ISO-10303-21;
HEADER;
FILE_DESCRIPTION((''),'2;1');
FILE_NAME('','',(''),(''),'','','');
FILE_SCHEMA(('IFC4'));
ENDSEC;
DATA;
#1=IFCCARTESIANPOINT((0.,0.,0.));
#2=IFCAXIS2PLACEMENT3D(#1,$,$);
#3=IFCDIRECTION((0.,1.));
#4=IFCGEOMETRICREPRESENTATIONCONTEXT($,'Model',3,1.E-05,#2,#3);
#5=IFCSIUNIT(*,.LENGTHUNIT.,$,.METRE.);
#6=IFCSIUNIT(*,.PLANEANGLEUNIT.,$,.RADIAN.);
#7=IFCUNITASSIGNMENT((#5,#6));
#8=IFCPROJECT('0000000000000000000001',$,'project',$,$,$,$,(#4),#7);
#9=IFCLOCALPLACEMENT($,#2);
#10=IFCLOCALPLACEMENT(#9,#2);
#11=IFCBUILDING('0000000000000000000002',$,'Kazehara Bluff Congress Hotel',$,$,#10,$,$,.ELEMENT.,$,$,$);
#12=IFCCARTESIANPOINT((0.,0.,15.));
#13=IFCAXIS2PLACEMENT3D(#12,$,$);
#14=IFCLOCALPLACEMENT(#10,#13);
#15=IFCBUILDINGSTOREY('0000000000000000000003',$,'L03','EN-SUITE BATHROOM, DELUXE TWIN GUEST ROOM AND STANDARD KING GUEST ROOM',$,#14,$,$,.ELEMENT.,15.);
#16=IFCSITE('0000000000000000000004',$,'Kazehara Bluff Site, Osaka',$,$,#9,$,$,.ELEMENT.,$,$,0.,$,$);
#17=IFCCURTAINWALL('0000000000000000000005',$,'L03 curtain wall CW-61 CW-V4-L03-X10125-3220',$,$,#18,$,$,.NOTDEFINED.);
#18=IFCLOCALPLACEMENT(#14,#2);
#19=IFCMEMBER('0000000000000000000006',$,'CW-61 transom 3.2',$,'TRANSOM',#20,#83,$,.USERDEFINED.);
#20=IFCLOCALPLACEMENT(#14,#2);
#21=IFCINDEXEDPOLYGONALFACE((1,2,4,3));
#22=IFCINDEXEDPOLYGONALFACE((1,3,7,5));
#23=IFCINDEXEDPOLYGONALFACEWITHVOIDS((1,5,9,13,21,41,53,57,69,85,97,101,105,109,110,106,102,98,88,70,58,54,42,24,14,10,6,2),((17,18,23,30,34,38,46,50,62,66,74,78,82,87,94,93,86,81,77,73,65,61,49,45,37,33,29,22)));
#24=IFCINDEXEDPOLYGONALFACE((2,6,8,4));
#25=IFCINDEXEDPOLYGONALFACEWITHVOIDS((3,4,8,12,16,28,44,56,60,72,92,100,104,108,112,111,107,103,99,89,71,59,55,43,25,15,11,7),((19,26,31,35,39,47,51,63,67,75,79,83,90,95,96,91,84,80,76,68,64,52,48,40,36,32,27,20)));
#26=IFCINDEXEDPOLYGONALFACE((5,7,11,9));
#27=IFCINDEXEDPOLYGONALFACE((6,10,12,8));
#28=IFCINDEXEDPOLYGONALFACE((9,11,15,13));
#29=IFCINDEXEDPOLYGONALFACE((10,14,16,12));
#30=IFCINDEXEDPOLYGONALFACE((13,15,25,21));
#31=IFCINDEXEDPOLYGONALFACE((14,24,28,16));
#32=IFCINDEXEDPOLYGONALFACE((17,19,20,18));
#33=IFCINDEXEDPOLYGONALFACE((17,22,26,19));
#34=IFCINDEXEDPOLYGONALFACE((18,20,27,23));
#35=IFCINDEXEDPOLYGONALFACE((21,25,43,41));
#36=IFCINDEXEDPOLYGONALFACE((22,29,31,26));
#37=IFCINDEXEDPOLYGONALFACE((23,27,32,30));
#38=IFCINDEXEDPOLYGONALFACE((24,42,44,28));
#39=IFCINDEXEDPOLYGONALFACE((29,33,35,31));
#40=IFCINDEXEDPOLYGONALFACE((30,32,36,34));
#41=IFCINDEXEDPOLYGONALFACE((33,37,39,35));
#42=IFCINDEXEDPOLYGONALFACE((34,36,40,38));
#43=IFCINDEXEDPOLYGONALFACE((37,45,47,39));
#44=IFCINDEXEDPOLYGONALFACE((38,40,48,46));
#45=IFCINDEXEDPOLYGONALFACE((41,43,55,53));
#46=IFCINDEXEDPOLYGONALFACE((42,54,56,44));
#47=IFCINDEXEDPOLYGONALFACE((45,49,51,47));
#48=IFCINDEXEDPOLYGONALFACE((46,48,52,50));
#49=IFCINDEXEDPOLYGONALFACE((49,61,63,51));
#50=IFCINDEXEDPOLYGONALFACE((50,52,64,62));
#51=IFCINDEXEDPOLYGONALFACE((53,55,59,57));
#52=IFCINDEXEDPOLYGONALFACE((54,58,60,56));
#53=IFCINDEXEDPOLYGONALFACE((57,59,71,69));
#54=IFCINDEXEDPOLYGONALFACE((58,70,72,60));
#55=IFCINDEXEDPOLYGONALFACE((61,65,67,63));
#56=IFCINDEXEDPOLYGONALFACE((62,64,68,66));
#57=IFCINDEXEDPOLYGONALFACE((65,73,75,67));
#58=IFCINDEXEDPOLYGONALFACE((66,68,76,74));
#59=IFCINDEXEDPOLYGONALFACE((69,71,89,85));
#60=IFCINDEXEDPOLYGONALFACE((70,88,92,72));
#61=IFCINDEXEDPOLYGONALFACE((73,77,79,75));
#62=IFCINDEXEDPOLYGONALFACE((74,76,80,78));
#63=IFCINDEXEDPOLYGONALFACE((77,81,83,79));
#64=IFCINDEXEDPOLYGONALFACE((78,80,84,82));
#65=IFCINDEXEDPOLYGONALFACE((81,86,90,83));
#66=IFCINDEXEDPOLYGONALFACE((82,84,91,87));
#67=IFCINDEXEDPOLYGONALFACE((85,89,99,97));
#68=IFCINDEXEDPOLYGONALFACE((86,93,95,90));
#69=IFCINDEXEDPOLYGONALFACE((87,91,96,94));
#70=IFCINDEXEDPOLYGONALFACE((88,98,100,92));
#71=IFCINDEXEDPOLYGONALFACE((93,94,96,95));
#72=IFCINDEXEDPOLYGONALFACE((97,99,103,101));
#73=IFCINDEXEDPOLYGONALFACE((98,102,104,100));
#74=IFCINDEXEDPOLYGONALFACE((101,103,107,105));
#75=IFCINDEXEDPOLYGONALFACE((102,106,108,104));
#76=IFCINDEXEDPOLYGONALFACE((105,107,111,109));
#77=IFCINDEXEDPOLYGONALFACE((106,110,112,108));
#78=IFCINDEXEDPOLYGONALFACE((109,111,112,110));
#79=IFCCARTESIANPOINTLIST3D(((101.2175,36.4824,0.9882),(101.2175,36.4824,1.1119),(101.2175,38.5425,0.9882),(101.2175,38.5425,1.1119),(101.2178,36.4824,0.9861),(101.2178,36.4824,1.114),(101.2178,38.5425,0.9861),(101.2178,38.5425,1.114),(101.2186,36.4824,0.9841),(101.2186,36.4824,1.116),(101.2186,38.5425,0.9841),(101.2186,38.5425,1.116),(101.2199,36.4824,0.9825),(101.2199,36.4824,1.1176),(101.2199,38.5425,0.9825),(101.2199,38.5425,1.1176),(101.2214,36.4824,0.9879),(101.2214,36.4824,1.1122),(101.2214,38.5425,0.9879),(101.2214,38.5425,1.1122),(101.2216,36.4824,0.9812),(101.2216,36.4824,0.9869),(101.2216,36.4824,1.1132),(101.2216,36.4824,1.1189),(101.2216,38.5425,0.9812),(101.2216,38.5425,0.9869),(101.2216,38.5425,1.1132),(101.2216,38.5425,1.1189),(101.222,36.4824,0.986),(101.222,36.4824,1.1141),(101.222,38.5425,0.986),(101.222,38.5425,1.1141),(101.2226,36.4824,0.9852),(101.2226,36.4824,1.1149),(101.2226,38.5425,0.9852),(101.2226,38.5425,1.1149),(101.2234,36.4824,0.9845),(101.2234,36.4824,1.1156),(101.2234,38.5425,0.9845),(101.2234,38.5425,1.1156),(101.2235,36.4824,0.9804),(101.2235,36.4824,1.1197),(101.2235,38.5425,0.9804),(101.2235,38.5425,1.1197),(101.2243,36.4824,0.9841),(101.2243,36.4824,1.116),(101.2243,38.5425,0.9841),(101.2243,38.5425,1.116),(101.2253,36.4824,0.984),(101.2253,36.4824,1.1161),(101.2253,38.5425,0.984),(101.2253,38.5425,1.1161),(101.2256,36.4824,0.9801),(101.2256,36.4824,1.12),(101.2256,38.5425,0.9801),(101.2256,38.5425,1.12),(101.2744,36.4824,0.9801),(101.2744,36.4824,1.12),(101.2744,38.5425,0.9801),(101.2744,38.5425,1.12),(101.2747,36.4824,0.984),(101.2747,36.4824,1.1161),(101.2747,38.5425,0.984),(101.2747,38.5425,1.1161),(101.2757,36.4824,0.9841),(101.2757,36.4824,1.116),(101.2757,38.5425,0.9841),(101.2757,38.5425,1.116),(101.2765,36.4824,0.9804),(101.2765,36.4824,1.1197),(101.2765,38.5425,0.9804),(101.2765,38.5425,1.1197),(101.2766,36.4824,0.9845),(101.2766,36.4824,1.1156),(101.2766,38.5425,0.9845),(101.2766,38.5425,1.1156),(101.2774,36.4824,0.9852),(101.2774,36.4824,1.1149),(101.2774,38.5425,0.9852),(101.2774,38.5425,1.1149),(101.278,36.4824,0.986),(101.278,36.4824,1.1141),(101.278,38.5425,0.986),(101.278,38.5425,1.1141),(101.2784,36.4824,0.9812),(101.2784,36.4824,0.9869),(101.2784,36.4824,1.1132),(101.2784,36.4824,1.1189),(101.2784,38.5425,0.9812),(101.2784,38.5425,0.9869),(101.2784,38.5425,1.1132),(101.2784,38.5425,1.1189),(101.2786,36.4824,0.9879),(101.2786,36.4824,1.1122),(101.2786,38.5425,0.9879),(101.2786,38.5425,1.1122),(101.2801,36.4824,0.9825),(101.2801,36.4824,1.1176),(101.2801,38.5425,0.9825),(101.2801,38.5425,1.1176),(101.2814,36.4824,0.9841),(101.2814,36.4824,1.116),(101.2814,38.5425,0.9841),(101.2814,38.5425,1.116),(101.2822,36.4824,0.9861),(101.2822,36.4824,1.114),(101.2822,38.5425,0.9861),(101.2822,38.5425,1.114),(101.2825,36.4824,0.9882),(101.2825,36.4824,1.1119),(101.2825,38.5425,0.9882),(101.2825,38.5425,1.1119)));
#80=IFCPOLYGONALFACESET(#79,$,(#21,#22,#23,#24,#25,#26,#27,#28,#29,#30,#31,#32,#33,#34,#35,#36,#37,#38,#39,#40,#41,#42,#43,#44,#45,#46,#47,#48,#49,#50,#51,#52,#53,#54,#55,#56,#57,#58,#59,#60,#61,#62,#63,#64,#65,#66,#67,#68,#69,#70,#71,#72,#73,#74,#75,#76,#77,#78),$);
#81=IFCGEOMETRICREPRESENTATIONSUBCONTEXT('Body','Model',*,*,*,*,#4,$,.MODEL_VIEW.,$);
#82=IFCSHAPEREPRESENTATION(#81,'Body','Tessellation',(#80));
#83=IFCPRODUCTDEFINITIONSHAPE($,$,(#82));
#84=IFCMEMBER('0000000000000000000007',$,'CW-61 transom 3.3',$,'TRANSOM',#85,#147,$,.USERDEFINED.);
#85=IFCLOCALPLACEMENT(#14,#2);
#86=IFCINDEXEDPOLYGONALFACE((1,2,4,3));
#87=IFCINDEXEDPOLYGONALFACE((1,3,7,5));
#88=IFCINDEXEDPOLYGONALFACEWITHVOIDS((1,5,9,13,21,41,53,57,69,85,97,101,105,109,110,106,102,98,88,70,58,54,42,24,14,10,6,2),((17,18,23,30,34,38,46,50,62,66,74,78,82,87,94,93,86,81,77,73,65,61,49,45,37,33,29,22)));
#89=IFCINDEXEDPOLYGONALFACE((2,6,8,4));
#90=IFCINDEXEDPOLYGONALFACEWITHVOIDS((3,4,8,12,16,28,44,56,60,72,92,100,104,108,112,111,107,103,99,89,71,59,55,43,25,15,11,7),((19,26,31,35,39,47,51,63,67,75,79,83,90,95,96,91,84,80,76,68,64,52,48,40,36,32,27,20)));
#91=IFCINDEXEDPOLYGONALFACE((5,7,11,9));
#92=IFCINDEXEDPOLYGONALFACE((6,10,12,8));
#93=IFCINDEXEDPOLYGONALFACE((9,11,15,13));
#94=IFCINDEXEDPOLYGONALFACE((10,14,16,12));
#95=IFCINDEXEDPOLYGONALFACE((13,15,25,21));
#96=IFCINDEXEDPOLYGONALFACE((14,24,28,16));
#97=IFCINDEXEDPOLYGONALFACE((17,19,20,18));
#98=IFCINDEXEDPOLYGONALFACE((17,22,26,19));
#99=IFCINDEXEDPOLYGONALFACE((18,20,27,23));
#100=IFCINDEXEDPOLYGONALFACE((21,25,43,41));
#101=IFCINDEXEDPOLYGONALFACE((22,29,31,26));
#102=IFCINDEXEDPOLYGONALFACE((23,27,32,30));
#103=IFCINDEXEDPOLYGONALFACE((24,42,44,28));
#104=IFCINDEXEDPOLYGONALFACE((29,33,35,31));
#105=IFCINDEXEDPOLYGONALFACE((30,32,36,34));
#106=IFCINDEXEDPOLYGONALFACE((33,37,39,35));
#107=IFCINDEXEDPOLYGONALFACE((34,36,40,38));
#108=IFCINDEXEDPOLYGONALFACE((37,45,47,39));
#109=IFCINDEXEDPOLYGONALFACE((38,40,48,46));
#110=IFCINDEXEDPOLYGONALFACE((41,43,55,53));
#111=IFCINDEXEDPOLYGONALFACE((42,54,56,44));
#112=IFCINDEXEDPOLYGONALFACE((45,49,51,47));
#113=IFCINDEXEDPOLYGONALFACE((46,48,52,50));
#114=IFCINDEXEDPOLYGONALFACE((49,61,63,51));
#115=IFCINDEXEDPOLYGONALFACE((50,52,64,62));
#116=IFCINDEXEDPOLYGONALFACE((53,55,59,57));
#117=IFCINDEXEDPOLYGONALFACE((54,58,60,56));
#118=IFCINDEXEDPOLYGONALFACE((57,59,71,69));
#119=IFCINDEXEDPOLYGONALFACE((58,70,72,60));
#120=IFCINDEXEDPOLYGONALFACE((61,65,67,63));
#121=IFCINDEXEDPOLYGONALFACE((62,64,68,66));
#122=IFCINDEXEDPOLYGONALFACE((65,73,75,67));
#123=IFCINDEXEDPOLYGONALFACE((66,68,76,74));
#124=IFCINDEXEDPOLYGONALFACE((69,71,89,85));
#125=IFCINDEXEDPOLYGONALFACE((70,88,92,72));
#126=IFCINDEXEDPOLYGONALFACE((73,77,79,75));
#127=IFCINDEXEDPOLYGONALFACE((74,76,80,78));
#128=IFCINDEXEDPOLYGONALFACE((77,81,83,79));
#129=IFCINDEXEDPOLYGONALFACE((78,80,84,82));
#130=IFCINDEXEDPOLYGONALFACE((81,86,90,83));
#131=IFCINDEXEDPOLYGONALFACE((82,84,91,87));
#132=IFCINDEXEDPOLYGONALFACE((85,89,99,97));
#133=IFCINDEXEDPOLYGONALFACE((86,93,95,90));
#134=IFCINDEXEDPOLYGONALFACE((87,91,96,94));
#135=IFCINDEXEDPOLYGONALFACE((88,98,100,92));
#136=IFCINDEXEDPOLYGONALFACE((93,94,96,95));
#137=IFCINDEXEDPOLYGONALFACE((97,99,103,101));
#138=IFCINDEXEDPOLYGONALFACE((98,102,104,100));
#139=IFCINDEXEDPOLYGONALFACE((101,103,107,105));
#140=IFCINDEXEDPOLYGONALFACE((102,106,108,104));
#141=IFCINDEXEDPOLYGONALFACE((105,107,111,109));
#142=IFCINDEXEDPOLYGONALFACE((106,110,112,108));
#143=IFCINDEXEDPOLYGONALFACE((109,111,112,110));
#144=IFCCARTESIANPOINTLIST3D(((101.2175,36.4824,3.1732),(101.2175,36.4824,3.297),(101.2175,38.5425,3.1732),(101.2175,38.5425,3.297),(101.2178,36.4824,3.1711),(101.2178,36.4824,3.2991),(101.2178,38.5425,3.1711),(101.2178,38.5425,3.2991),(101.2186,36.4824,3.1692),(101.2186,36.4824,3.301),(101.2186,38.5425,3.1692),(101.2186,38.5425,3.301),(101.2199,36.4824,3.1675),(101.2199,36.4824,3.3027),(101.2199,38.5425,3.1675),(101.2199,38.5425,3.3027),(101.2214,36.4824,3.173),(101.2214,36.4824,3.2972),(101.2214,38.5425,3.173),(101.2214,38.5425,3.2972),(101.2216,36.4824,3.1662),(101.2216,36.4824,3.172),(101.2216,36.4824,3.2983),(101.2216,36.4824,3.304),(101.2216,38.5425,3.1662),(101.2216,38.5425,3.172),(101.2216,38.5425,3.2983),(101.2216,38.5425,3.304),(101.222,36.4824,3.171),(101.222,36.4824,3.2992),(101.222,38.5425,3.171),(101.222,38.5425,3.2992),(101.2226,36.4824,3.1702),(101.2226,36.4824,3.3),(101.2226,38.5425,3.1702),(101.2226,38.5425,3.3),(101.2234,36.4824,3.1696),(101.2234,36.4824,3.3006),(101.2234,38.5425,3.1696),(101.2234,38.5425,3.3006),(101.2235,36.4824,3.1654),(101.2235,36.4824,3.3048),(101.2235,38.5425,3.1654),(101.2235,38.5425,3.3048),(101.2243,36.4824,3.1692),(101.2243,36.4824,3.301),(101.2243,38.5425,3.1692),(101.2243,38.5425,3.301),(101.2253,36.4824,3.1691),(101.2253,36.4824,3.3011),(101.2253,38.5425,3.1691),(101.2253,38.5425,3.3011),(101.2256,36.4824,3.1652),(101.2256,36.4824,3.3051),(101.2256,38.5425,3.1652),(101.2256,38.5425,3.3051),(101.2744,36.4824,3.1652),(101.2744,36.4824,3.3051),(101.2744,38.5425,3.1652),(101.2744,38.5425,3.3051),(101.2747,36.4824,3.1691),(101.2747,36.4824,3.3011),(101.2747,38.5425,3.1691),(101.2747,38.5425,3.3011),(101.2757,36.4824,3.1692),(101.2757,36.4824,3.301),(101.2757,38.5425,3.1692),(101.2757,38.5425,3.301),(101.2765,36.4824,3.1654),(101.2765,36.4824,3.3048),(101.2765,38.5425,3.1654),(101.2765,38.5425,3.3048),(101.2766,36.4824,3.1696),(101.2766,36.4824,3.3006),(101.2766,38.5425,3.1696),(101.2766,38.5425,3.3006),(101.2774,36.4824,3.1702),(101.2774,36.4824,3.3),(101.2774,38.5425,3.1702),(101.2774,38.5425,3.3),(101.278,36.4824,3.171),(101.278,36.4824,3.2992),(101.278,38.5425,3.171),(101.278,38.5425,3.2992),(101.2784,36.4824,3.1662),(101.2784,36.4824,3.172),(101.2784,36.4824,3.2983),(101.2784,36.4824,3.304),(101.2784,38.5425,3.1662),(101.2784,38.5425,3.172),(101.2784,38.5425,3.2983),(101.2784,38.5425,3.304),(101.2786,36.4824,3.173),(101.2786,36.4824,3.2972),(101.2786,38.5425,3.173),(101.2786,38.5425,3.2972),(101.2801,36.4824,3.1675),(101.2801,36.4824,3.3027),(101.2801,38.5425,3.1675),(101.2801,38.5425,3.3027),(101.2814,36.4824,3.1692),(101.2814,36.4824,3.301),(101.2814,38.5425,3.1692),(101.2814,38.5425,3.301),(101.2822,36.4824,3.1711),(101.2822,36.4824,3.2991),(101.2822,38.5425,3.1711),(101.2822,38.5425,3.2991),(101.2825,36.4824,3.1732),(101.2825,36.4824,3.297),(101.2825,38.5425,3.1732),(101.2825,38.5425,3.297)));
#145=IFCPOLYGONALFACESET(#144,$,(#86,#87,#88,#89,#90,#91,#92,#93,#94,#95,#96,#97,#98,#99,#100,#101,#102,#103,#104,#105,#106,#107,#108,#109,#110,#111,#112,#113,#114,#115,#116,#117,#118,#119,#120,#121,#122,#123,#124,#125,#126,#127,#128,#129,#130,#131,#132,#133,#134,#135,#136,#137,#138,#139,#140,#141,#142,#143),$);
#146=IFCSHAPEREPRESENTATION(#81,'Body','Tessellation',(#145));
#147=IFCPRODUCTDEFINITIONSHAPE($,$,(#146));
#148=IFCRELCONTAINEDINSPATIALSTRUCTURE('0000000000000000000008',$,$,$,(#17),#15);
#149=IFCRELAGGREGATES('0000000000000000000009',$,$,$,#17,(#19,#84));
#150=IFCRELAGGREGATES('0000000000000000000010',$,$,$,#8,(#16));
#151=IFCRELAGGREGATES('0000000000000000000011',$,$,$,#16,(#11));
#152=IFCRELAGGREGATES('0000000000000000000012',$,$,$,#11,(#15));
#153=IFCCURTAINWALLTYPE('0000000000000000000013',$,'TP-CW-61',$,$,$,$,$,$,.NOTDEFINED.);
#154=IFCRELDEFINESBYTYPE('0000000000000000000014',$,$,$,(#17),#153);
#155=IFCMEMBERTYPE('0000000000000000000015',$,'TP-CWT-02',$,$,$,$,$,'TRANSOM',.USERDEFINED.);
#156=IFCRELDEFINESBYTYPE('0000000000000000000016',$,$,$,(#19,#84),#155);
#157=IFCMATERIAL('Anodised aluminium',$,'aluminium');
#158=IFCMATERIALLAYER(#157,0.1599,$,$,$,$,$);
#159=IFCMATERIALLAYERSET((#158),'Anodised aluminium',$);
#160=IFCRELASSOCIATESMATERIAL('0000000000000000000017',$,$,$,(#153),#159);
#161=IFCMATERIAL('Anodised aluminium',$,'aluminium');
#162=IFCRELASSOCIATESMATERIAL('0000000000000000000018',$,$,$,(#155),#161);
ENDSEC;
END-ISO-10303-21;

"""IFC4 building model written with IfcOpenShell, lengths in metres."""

from ifc_helpers import new_model, si_unit, direction, frame, origin, origin_2d, place, context, subcontext, project, spatial, hollow_rectangle, extrude, material, layer, layer_set, material_profile, profile_set, type_object, element, aggregate, save


model = new_model("IFC4")

# Units and contexts
model_context = context("Model", 3, precision=1e-05, world=origin(), true_north=direction((0.0, 1.0)))
body_context = subcontext(model_context, "Body", "Model", "MODEL_VIEW")
ifc_project = project(units=[si_unit("LENGTHUNIT", "METRE"), si_unit("PLANEANGLEUNIT", "RADIAN")], contexts=[model_context])

# Site, building, storey
site_placement = place(None, origin())
site = spatial("IfcSite", under=ifc_project, at=site_placement, Name="Kazehara Bluff Site, Osaka", CompositionType="ELEMENT", RefElevation=0.0)
building_placement = place(site_placement, origin())
building = spatial("IfcBuilding", under=site, at=building_placement, Name="Kazehara Bluff Congress Hotel", CompositionType="ELEMENT")
storey_placement = place(building_placement, frame((0.0, 0.0, 15.0)))
storey = spatial("IfcBuildingStorey", under=building, at=storey_placement, Name="L03", Description="EN-SUITE BATHROOM, DELUXE TWIN GUEST ROOM AND STANDARD KING GUEST ROOM", CompositionType="ELEMENT", Elevation=15.0)

# Curtain wall, members
ifc_material_1 = material(Name="Anodised aluminium", Category="aluminium")
ifc_layer_1 = layer(ifc_material_1, 0.1599)
ifc_layer_set_1 = layer_set([ifc_layer_1], Name="Anodised aluminium")
curtain_wall_type = type_object("IfcCurtainWallType", Name="TP-CW-61", PredefinedType="NOTDEFINED", material=ifc_layer_set_1)
curtain_wall_placement = place(storey_placement, origin())
curtain_wall = element("IfcCurtainWall", 1, at=curtain_wall_placement, inside=storey, type_object=curtain_wall_type, Name="L03 curtain wall CW-61 CW-V4-L03-X10125-3220", PredefinedType="NOTDEFINED")
ifc_material_2 = material(Name="Anodised aluminium", Category="aluminium")
ifc_material_profile_1 = material_profile(ifc_material_2, hollow_rectangle(XDim=0.0649, YDim=0.1399, WallThickness=0.0039, InnerFilletRadius=0.0039, OuterFilletRadius=0.0081, at=origin_2d()))
ifc_profile_set_1 = profile_set([ifc_material_profile_1], Name="Anodised aluminium")
member_type_1 = type_object("IfcMemberType", Name="TP-CWT-02", ElementType="TRANSOM", PredefinedType="USERDEFINED", material=ifc_profile_set_1)
member_1_placement = place(storey_placement, frame((101.25, 36.4824, 1.05), z_axis=(0.0, 1.0, 0.0), x_axis=(-1.0, 0.0, 0.0)))
member_1 = element("IfcMember", 2, at=member_1_placement, type_object=member_type_1, Name="CW-61 transom 3.2", ObjectType="TRANSOM", PredefinedType="USERDEFINED", context=body_context, shape_type="SweptSolid", body=[
    extrude(hollow_rectangle(XDim=0.0649, YDim=0.1399, WallThickness=0.0039, InnerFilletRadius=0.0039, OuterFilletRadius=0.0081, at=origin_2d()), origin(), (0.0, 0.0, 1.0), 2.0601),
])
member_2_placement = place(storey_placement, frame((101.25, 36.4824, 3.2351), z_axis=(0.0, 1.0, 0.0), x_axis=(-1.0, 0.0, 0.0)))
member_2 = element("IfcMember", 3, at=member_2_placement, type_object=member_type_1, Name="CW-61 transom 3.3", ObjectType="TRANSOM", PredefinedType="USERDEFINED", context=body_context, shape_type="SweptSolid", body=[
    extrude(hollow_rectangle(XDim=0.0649, YDim=0.1399, WallThickness=0.0039, InnerFilletRadius=0.0039, OuterFilletRadius=0.0081, at=origin_2d()), origin(), (0.0, 0.0, 1.0), 2.0601),
])
aggregate(curtain_wall, [member_1, member_2])

save(model, "model.ifc")
